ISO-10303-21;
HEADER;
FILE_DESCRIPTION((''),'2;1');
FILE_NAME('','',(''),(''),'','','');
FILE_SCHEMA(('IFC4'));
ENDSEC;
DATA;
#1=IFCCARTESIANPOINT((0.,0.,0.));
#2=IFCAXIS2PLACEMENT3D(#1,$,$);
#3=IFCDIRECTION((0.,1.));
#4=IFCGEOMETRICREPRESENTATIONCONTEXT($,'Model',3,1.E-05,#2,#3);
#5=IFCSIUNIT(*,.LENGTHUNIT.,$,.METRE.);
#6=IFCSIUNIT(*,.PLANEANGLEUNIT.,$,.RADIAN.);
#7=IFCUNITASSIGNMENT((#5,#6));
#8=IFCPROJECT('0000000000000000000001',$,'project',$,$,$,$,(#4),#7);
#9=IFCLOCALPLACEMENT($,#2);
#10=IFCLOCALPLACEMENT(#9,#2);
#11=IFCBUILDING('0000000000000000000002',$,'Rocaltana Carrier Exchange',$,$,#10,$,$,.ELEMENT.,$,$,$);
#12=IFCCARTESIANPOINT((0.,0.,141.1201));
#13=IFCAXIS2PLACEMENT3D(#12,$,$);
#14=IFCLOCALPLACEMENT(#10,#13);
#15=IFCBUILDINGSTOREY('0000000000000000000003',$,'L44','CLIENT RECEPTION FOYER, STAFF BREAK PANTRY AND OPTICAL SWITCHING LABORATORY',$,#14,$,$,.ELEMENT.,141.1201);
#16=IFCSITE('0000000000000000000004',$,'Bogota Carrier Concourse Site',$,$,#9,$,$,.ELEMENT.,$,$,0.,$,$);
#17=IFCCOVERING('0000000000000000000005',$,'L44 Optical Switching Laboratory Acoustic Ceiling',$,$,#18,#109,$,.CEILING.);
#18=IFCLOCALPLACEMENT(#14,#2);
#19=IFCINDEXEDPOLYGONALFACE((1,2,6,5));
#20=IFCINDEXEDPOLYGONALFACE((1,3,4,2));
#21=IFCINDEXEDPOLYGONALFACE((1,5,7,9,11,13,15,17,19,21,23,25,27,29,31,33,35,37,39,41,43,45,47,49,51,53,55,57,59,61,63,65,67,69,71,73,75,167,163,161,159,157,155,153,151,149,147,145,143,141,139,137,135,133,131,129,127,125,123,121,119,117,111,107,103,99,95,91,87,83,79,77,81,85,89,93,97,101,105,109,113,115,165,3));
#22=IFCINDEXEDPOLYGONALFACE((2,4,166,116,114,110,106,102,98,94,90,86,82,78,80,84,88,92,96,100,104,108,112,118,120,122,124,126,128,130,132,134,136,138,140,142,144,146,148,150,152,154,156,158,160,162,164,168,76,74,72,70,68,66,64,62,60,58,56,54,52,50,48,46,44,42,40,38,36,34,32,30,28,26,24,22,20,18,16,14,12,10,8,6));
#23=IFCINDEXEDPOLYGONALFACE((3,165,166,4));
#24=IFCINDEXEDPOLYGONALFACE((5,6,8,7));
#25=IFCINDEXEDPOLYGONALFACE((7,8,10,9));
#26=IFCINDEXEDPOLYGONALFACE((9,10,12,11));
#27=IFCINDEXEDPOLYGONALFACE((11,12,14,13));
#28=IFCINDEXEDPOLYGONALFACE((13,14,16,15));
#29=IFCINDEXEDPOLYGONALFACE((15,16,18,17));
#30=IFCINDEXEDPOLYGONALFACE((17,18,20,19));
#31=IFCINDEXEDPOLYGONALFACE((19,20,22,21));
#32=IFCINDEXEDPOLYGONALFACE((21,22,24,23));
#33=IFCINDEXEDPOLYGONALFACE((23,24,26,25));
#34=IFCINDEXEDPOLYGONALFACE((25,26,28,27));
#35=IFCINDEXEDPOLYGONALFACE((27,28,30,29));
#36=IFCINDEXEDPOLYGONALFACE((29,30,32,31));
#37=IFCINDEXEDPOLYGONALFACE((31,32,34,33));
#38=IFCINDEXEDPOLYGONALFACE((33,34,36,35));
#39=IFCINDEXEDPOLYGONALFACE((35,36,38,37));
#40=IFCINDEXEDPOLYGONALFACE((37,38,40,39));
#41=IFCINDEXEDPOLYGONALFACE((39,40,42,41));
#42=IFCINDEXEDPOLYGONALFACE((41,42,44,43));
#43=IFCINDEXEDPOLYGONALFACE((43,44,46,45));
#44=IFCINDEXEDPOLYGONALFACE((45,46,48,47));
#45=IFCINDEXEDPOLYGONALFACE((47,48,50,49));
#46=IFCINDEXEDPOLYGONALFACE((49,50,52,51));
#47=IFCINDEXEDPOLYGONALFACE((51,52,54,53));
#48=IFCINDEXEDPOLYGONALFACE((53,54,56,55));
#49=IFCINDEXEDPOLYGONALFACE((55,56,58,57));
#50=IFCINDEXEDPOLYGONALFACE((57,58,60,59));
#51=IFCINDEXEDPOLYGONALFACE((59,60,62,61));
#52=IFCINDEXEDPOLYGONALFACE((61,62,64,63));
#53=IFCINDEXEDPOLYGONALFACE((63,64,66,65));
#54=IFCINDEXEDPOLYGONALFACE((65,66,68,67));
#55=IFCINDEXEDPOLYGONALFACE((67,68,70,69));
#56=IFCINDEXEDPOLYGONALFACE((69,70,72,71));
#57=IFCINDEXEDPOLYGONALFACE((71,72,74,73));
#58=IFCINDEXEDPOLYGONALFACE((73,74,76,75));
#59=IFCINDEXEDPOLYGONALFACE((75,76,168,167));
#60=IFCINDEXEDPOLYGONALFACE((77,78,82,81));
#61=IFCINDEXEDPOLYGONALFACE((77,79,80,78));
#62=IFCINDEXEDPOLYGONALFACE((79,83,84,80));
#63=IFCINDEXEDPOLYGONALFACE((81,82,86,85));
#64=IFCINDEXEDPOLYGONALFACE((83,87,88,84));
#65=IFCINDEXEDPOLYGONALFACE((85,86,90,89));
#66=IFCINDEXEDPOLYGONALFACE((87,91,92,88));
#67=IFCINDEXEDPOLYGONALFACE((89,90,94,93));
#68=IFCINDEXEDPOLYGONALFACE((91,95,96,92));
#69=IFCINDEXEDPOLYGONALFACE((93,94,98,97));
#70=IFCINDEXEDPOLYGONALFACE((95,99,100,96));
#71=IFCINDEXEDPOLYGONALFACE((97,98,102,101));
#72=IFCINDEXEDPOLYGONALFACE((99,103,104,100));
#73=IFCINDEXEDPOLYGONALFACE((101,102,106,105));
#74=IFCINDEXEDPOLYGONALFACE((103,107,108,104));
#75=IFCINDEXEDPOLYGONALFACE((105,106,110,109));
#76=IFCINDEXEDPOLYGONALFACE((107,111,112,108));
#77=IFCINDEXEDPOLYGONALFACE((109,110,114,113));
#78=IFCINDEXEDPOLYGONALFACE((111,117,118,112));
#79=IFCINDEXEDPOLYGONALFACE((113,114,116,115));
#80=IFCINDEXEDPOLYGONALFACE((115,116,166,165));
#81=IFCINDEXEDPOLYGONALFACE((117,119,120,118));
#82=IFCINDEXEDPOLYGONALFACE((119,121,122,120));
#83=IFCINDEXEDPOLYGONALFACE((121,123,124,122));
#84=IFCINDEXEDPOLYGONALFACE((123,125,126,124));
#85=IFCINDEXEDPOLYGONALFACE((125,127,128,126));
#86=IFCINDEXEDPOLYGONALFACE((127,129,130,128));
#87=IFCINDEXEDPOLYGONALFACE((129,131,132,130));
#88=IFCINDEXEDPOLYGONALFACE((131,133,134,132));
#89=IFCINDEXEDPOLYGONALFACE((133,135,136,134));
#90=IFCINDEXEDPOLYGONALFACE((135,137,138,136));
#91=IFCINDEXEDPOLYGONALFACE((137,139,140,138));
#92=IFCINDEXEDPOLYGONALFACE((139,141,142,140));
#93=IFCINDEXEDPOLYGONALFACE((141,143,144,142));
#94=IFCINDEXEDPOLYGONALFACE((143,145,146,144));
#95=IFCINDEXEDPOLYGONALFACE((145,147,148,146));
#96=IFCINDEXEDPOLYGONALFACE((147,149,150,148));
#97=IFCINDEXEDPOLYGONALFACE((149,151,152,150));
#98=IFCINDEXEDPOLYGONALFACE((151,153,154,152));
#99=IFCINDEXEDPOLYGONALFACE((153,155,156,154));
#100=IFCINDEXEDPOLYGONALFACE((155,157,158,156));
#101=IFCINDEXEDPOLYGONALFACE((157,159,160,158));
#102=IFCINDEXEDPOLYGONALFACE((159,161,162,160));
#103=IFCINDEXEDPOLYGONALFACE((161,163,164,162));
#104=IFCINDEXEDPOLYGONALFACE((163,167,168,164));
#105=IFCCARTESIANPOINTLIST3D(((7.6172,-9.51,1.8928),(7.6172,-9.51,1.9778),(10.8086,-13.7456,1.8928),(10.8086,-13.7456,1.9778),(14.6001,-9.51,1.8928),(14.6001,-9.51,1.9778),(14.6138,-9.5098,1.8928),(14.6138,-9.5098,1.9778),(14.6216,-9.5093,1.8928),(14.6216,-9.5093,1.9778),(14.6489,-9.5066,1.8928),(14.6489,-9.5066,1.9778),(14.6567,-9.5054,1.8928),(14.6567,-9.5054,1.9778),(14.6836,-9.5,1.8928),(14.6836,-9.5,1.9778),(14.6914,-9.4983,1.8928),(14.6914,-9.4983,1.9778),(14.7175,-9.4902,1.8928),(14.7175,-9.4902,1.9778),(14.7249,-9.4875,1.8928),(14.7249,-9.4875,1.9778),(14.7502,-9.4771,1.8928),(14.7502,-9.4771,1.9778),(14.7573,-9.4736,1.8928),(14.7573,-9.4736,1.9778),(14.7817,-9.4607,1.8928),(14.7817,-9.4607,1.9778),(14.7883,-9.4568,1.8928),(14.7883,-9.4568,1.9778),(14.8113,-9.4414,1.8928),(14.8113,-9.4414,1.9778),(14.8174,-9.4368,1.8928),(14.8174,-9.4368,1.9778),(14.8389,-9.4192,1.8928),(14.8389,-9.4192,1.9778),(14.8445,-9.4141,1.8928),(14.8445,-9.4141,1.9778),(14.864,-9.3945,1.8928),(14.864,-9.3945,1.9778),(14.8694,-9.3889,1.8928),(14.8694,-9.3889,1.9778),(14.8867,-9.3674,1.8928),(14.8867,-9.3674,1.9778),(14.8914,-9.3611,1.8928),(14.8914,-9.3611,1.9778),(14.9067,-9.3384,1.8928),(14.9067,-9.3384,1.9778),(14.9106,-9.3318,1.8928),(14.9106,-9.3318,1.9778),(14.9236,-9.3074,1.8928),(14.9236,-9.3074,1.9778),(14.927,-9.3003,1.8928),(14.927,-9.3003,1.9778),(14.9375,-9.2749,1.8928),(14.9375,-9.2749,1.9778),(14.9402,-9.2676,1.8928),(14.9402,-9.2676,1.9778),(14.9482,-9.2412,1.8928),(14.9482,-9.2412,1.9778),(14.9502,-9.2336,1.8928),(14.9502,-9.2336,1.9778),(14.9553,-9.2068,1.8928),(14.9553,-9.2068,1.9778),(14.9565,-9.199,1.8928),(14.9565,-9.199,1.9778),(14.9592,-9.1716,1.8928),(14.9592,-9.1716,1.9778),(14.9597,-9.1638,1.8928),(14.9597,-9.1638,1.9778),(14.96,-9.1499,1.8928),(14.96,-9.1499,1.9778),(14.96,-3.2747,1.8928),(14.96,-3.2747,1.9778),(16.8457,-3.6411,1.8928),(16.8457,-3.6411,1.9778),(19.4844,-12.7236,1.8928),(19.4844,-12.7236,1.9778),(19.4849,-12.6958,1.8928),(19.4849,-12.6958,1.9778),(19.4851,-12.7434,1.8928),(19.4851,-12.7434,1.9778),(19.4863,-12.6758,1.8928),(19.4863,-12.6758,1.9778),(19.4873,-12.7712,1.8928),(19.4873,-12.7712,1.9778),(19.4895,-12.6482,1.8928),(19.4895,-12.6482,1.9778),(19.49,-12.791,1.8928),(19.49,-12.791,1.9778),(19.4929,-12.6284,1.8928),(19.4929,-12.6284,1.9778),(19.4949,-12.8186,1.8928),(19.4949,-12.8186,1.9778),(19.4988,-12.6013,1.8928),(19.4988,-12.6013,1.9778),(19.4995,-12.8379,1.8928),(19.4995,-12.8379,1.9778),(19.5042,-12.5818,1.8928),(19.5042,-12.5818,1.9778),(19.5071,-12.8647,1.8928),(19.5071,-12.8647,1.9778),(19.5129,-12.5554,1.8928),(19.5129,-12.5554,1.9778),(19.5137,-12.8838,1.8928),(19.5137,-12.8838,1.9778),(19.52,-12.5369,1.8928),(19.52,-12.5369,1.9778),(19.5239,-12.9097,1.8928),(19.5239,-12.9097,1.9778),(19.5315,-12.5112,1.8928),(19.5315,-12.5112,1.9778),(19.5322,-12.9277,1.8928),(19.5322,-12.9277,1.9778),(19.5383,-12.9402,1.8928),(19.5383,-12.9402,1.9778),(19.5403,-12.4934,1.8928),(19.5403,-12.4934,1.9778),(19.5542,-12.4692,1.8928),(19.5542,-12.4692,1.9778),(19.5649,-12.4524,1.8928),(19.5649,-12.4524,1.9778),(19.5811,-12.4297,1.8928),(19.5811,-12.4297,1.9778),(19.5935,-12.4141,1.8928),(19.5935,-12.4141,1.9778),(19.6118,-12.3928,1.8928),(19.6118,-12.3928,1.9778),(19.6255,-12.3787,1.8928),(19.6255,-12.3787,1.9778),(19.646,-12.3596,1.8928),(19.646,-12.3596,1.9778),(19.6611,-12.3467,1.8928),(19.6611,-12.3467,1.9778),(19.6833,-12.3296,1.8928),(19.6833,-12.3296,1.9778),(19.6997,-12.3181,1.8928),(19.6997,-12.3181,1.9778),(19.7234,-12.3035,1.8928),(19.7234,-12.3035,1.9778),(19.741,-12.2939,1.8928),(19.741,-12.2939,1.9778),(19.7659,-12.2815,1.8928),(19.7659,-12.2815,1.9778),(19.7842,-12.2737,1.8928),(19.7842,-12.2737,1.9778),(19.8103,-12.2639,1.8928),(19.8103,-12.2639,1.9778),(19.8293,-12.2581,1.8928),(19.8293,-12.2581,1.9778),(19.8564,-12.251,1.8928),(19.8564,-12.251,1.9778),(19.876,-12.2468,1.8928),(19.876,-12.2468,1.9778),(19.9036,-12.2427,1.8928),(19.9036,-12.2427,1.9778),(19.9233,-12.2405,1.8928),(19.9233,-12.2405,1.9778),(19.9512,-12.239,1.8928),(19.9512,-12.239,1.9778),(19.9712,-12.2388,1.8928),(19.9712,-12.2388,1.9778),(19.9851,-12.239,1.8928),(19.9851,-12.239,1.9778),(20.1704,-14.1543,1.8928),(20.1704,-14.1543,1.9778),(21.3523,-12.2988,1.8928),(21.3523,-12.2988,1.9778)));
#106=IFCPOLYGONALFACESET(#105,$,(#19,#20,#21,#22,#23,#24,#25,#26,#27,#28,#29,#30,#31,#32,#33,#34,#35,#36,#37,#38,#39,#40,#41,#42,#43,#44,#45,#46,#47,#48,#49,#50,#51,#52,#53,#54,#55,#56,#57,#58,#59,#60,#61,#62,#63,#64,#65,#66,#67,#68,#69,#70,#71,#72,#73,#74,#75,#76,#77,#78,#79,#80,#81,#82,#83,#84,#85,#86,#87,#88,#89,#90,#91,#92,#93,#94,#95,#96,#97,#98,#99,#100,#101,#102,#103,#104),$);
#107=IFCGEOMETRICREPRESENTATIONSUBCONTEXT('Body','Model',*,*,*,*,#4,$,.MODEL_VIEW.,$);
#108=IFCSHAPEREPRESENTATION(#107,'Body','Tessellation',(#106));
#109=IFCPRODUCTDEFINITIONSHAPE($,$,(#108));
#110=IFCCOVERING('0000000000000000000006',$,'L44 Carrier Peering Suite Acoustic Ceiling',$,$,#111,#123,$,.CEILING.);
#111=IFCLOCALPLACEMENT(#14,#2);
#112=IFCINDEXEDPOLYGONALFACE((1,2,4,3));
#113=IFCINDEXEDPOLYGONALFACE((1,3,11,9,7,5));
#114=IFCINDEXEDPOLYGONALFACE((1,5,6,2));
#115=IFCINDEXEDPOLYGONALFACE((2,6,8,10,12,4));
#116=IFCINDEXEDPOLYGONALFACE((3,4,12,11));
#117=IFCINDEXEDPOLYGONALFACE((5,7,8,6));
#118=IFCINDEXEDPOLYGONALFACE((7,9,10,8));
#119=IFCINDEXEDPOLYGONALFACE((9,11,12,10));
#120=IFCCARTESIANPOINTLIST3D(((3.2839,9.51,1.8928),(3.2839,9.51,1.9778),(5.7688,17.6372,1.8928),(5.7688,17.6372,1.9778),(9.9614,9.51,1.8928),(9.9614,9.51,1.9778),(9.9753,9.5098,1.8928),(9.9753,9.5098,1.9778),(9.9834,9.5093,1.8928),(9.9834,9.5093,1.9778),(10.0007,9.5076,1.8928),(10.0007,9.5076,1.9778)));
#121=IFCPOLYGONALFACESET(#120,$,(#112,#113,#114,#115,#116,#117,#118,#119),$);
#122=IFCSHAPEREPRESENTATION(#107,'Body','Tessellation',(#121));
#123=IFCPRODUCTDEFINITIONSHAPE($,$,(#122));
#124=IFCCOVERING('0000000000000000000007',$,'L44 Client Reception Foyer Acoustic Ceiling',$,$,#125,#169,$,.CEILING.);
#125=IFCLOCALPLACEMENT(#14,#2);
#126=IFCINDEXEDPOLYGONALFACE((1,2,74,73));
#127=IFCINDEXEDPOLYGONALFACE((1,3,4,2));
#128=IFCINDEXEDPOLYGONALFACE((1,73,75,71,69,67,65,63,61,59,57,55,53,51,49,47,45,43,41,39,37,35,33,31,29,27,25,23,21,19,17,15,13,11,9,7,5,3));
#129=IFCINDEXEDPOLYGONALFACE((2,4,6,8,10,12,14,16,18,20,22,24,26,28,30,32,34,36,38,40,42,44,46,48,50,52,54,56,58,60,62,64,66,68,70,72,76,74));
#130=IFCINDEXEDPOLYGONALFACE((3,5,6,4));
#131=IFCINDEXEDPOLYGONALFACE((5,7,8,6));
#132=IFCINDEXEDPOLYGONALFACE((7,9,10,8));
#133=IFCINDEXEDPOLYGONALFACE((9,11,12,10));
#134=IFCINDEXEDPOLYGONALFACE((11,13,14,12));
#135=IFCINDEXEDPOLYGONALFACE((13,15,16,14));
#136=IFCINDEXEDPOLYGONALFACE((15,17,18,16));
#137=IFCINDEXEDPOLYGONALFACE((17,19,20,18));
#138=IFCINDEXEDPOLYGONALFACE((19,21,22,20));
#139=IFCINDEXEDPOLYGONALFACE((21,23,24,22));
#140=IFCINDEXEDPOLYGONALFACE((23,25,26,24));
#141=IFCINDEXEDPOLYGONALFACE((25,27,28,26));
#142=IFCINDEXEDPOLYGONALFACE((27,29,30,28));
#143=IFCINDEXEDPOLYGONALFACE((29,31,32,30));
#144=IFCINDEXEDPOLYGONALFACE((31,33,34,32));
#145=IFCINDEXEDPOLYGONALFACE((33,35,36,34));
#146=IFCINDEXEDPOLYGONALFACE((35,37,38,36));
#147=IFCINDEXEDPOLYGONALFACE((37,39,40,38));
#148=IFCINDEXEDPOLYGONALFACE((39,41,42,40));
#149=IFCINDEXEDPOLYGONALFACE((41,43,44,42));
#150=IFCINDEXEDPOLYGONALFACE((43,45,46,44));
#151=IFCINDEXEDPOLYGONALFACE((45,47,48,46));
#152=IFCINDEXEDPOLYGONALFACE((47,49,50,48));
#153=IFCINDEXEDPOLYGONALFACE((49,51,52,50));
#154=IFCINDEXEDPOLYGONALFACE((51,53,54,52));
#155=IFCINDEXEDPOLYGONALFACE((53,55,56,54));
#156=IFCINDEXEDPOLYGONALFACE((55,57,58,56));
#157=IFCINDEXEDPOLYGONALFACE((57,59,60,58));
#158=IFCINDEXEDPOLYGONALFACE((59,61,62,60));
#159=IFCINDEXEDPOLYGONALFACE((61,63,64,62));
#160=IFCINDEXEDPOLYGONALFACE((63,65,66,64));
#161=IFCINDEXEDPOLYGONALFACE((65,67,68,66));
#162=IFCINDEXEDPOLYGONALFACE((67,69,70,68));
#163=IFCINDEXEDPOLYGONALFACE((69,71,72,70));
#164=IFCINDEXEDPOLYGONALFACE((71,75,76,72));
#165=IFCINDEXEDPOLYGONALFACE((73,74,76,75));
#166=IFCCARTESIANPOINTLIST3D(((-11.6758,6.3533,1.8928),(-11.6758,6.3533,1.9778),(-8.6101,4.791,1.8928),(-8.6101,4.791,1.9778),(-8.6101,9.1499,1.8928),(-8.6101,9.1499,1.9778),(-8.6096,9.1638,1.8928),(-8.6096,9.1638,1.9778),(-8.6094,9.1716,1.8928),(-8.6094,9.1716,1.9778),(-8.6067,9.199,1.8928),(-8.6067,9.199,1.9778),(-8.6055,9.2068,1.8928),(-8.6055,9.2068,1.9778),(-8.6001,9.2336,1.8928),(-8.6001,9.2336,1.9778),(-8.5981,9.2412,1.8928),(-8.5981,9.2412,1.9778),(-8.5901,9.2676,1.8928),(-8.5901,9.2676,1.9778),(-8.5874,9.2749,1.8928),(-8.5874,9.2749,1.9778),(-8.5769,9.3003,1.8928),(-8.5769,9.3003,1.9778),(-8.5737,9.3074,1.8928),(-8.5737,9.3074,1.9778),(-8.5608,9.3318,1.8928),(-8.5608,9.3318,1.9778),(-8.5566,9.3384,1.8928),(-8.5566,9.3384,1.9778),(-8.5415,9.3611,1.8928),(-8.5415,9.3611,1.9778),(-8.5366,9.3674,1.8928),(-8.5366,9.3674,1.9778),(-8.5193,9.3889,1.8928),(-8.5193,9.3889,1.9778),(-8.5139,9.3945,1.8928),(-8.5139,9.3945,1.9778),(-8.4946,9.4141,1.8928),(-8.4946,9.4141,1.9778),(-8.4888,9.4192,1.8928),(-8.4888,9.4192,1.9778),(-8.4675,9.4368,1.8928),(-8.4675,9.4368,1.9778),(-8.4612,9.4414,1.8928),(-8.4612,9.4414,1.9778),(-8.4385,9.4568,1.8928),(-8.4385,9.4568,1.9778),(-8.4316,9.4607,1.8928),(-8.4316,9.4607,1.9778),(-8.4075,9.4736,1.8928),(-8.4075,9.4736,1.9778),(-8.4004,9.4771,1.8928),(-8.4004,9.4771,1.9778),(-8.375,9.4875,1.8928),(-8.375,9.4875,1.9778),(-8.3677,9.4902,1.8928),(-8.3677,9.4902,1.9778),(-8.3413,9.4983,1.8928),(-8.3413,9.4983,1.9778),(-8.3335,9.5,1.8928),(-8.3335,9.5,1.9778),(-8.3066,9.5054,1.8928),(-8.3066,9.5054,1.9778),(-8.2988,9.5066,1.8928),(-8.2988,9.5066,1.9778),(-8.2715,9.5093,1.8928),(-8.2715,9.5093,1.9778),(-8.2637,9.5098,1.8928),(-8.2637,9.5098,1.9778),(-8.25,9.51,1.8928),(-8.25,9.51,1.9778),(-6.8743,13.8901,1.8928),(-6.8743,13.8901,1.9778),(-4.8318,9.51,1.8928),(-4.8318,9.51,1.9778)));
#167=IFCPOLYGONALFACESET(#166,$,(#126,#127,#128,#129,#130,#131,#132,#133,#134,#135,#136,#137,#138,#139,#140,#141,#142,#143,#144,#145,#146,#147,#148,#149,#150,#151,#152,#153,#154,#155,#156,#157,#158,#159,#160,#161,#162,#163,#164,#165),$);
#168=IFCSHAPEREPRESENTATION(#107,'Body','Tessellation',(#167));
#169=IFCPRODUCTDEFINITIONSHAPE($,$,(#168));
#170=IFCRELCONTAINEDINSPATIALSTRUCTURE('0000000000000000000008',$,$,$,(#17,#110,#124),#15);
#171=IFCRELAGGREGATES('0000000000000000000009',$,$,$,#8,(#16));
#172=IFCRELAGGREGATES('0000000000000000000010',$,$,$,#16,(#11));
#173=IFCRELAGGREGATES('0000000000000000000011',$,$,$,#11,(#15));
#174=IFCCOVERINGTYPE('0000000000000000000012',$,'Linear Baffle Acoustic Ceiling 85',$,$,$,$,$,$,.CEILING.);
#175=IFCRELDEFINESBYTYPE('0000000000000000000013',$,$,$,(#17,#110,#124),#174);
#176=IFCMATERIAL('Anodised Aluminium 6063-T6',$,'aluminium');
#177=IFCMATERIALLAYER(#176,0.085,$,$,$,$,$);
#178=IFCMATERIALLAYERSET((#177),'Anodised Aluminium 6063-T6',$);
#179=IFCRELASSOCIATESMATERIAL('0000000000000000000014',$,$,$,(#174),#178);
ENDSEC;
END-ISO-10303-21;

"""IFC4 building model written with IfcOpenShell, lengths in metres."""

from ifc_helpers import new_model, si_unit, direction, frame, origin, place, context, subcontext, project, spatial, polyline, outline, extrude, material, layer, layer_set, type_object, element, save


model = new_model("IFC4")

# Units and contexts
model_context = context("Model", 3, precision=1e-05, world=origin(), true_north=direction((0.0, 1.0)))
body_context = subcontext(model_context, "Body", "Model", "MODEL_VIEW")
ifc_project = project(units=[si_unit("LENGTHUNIT", "METRE"), si_unit("PLANEANGLEUNIT", "RADIAN")], contexts=[model_context])

# Site, building, storey
site_placement = place(None, origin())
site = spatial("IfcSite", under=ifc_project, at=site_placement, Name="Bogota Carrier Concourse Site", CompositionType="ELEMENT", RefElevation=0.0)
building_placement = place(site_placement, origin())
building = spatial("IfcBuilding", under=site, at=building_placement, Name="Rocaltana Carrier Exchange", CompositionType="ELEMENT")
storey_placement = place(building_placement, frame((0.0, 0.0, 141.1201)))
storey = spatial("IfcBuildingStorey", under=building, at=storey_placement, Name="L44", Description="CLIENT RECEPTION FOYER, STAFF BREAK PANTRY AND OPTICAL SWITCHING LABORATORY", CompositionType="ELEMENT", Elevation=141.1201)

# Coverings
ifc_material_1 = material(Name="Anodised Aluminium 6063-T6", Category="aluminium")
ifc_layer_1 = layer(ifc_material_1, 0.085)
ifc_layer_set_1 = layer_set([ifc_layer_1], Name="Anodised Aluminium 6063-T6")
covering_type_1 = type_object("IfcCoveringType", Name="Linear Baffle Acoustic Ceiling 85", PredefinedType="CEILING", material=ifc_layer_set_1)
covering_1_placement = place(storey_placement, frame((0.0, 0.0, 1.8928)))
element("IfcCovering", 1, at=covering_1_placement, inside=storey, type_object=covering_type_1, Name="L44 Optical Switching Laboratory Acoustic Ceiling", PredefinedType="CEILING", context=body_context, shape_type="SweptSolid", body=[
    extrude(outline(polyline([(21.3523, -12.2988), (19.9851, -12.239), (19.9712, -12.2388), (19.9512, -12.239), (19.9233, -12.2405), (19.9036, -12.2427), (19.876, -12.2468), (19.8564, -12.251), (19.8293, -12.2581), (19.8103, -12.2639), (19.7842, -12.2737), (19.7659, -12.2815), (19.741, -12.2939), (19.7234, -12.3035), (19.6997, -12.3181), (19.6833, -12.3296), (19.6611, -12.3467), (19.646, -12.3596), (19.6255, -12.3787), (19.6118, -12.3928), (19.5935, -12.4141), (19.5811, -12.4297), (19.5649, -12.4524), (19.5542, -12.4692), (19.5403, -12.4934), (19.5315, -12.5112), (19.52, -12.5369), (19.5129, -12.5554), (19.5042, -12.5818), (19.4988, -12.6013), (19.4929, -12.6284), (19.4895, -12.6482), (19.4863, -12.6758), (19.4849, -12.6958), (19.4844, -12.7236), (19.4851, -12.7434), (19.4873, -12.7712), (19.49, -12.791), (19.4949, -12.8186), (19.4995, -12.8379), (19.5071, -12.8647), (19.5137, -12.8838), (19.5239, -12.9097), (19.5322, -12.9277), (19.5383, -12.9402), (20.1704, -14.1543), (10.8086, -13.7456), (7.6172, -9.51), (14.6001, -9.51), (14.6138, -9.5098), (14.6216, -9.5093), (14.6489, -9.5066), (14.6567, -9.5054), (14.6836, -9.5), (14.6914, -9.4983), (14.7175, -9.4902), (14.7249, -9.4875), (14.7502, -9.4771), (14.7573, -9.4736), (14.7817, -9.4607), (14.7883, -9.4568), (14.8113, -9.4414), (14.8174, -9.4368), (14.8389, -9.4192), (14.8445, -9.4141), (14.864, -9.3945), (14.8694, -9.3889), (14.8867, -9.3674), (14.8914, -9.3611), (14.9067, -9.3384), (14.9106, -9.3318), (14.9236, -9.3074), (14.927, -9.3003), (14.9375, -9.2749), (14.9402, -9.2676), (14.9482, -9.2412), (14.9502, -9.2336), (14.9553, -9.2068), (14.9565, -9.199), (14.9592, -9.1716), (14.9597, -9.1638), (14.96, -9.1499), (14.96, -3.2747), (16.8457, -3.6411), (21.3523, -12.2988)])), origin(), (0.0, 0.0, 1.0), 0.085),
])
covering_2_placement = place(storey_placement, frame((0.0, 0.0, 1.8928)))
element("IfcCovering", 2, at=covering_2_placement, inside=storey, type_object=covering_type_1, Name="L44 Carrier Peering Suite Acoustic Ceiling", PredefinedType="CEILING", context=body_context, shape_type="SweptSolid", body=[
    extrude(outline(polyline([(10.0007, 9.5076), (9.9834, 9.5093), (9.9753, 9.5098), (9.9614, 9.51), (3.2839, 9.51), (5.7688, 17.6372), (10.0007, 9.5076)])), origin(), (0.0, 0.0, 1.0), 0.085),
])
covering_3_placement = place(storey_placement, frame((0.0, 0.0, 1.8928)))
element("IfcCovering", 3, at=covering_3_placement, inside=storey, type_object=covering_type_1, Name="L44 Client Reception Foyer Acoustic Ceiling", PredefinedType="CEILING", context=body_context, shape_type="SweptSolid", body=[
    extrude(outline(polyline([(-6.8743, 13.8901), (-4.8318, 9.51), (-8.25, 9.51), (-8.2637, 9.5098), (-8.2715, 9.5093), (-8.2988, 9.5066), (-8.3066, 9.5054), (-8.3335, 9.5), (-8.3413, 9.4983), (-8.3677, 9.4902), (-8.375, 9.4875), (-8.4004, 9.4771), (-8.4075, 9.4736), (-8.4316, 9.4607), (-8.4385, 9.4568), (-8.4612, 9.4414), (-8.4675, 9.4368), (-8.4888, 9.4192), (-8.4946, 9.4141), (-8.5139, 9.3945), (-8.5193, 9.3889), (-8.5366, 9.3674), (-8.5415, 9.3611), (-8.5566, 9.3384), (-8.5608, 9.3318), (-8.5737, 9.3074), (-8.5769, 9.3003), (-8.5874, 9.2749), (-8.5901, 9.2676), (-8.5981, 9.2412), (-8.6001, 9.2336), (-8.6055, 9.2068), (-8.6067, 9.199), (-8.6094, 9.1716), (-8.6096, 9.1638), (-8.6101, 9.1499), (-8.6101, 4.791), (-11.6758, 6.3533), (-6.8743, 13.8901)])), origin(), (0.0, 0.0, 1.0), 0.085),
])

save(model, "model.ifc")
